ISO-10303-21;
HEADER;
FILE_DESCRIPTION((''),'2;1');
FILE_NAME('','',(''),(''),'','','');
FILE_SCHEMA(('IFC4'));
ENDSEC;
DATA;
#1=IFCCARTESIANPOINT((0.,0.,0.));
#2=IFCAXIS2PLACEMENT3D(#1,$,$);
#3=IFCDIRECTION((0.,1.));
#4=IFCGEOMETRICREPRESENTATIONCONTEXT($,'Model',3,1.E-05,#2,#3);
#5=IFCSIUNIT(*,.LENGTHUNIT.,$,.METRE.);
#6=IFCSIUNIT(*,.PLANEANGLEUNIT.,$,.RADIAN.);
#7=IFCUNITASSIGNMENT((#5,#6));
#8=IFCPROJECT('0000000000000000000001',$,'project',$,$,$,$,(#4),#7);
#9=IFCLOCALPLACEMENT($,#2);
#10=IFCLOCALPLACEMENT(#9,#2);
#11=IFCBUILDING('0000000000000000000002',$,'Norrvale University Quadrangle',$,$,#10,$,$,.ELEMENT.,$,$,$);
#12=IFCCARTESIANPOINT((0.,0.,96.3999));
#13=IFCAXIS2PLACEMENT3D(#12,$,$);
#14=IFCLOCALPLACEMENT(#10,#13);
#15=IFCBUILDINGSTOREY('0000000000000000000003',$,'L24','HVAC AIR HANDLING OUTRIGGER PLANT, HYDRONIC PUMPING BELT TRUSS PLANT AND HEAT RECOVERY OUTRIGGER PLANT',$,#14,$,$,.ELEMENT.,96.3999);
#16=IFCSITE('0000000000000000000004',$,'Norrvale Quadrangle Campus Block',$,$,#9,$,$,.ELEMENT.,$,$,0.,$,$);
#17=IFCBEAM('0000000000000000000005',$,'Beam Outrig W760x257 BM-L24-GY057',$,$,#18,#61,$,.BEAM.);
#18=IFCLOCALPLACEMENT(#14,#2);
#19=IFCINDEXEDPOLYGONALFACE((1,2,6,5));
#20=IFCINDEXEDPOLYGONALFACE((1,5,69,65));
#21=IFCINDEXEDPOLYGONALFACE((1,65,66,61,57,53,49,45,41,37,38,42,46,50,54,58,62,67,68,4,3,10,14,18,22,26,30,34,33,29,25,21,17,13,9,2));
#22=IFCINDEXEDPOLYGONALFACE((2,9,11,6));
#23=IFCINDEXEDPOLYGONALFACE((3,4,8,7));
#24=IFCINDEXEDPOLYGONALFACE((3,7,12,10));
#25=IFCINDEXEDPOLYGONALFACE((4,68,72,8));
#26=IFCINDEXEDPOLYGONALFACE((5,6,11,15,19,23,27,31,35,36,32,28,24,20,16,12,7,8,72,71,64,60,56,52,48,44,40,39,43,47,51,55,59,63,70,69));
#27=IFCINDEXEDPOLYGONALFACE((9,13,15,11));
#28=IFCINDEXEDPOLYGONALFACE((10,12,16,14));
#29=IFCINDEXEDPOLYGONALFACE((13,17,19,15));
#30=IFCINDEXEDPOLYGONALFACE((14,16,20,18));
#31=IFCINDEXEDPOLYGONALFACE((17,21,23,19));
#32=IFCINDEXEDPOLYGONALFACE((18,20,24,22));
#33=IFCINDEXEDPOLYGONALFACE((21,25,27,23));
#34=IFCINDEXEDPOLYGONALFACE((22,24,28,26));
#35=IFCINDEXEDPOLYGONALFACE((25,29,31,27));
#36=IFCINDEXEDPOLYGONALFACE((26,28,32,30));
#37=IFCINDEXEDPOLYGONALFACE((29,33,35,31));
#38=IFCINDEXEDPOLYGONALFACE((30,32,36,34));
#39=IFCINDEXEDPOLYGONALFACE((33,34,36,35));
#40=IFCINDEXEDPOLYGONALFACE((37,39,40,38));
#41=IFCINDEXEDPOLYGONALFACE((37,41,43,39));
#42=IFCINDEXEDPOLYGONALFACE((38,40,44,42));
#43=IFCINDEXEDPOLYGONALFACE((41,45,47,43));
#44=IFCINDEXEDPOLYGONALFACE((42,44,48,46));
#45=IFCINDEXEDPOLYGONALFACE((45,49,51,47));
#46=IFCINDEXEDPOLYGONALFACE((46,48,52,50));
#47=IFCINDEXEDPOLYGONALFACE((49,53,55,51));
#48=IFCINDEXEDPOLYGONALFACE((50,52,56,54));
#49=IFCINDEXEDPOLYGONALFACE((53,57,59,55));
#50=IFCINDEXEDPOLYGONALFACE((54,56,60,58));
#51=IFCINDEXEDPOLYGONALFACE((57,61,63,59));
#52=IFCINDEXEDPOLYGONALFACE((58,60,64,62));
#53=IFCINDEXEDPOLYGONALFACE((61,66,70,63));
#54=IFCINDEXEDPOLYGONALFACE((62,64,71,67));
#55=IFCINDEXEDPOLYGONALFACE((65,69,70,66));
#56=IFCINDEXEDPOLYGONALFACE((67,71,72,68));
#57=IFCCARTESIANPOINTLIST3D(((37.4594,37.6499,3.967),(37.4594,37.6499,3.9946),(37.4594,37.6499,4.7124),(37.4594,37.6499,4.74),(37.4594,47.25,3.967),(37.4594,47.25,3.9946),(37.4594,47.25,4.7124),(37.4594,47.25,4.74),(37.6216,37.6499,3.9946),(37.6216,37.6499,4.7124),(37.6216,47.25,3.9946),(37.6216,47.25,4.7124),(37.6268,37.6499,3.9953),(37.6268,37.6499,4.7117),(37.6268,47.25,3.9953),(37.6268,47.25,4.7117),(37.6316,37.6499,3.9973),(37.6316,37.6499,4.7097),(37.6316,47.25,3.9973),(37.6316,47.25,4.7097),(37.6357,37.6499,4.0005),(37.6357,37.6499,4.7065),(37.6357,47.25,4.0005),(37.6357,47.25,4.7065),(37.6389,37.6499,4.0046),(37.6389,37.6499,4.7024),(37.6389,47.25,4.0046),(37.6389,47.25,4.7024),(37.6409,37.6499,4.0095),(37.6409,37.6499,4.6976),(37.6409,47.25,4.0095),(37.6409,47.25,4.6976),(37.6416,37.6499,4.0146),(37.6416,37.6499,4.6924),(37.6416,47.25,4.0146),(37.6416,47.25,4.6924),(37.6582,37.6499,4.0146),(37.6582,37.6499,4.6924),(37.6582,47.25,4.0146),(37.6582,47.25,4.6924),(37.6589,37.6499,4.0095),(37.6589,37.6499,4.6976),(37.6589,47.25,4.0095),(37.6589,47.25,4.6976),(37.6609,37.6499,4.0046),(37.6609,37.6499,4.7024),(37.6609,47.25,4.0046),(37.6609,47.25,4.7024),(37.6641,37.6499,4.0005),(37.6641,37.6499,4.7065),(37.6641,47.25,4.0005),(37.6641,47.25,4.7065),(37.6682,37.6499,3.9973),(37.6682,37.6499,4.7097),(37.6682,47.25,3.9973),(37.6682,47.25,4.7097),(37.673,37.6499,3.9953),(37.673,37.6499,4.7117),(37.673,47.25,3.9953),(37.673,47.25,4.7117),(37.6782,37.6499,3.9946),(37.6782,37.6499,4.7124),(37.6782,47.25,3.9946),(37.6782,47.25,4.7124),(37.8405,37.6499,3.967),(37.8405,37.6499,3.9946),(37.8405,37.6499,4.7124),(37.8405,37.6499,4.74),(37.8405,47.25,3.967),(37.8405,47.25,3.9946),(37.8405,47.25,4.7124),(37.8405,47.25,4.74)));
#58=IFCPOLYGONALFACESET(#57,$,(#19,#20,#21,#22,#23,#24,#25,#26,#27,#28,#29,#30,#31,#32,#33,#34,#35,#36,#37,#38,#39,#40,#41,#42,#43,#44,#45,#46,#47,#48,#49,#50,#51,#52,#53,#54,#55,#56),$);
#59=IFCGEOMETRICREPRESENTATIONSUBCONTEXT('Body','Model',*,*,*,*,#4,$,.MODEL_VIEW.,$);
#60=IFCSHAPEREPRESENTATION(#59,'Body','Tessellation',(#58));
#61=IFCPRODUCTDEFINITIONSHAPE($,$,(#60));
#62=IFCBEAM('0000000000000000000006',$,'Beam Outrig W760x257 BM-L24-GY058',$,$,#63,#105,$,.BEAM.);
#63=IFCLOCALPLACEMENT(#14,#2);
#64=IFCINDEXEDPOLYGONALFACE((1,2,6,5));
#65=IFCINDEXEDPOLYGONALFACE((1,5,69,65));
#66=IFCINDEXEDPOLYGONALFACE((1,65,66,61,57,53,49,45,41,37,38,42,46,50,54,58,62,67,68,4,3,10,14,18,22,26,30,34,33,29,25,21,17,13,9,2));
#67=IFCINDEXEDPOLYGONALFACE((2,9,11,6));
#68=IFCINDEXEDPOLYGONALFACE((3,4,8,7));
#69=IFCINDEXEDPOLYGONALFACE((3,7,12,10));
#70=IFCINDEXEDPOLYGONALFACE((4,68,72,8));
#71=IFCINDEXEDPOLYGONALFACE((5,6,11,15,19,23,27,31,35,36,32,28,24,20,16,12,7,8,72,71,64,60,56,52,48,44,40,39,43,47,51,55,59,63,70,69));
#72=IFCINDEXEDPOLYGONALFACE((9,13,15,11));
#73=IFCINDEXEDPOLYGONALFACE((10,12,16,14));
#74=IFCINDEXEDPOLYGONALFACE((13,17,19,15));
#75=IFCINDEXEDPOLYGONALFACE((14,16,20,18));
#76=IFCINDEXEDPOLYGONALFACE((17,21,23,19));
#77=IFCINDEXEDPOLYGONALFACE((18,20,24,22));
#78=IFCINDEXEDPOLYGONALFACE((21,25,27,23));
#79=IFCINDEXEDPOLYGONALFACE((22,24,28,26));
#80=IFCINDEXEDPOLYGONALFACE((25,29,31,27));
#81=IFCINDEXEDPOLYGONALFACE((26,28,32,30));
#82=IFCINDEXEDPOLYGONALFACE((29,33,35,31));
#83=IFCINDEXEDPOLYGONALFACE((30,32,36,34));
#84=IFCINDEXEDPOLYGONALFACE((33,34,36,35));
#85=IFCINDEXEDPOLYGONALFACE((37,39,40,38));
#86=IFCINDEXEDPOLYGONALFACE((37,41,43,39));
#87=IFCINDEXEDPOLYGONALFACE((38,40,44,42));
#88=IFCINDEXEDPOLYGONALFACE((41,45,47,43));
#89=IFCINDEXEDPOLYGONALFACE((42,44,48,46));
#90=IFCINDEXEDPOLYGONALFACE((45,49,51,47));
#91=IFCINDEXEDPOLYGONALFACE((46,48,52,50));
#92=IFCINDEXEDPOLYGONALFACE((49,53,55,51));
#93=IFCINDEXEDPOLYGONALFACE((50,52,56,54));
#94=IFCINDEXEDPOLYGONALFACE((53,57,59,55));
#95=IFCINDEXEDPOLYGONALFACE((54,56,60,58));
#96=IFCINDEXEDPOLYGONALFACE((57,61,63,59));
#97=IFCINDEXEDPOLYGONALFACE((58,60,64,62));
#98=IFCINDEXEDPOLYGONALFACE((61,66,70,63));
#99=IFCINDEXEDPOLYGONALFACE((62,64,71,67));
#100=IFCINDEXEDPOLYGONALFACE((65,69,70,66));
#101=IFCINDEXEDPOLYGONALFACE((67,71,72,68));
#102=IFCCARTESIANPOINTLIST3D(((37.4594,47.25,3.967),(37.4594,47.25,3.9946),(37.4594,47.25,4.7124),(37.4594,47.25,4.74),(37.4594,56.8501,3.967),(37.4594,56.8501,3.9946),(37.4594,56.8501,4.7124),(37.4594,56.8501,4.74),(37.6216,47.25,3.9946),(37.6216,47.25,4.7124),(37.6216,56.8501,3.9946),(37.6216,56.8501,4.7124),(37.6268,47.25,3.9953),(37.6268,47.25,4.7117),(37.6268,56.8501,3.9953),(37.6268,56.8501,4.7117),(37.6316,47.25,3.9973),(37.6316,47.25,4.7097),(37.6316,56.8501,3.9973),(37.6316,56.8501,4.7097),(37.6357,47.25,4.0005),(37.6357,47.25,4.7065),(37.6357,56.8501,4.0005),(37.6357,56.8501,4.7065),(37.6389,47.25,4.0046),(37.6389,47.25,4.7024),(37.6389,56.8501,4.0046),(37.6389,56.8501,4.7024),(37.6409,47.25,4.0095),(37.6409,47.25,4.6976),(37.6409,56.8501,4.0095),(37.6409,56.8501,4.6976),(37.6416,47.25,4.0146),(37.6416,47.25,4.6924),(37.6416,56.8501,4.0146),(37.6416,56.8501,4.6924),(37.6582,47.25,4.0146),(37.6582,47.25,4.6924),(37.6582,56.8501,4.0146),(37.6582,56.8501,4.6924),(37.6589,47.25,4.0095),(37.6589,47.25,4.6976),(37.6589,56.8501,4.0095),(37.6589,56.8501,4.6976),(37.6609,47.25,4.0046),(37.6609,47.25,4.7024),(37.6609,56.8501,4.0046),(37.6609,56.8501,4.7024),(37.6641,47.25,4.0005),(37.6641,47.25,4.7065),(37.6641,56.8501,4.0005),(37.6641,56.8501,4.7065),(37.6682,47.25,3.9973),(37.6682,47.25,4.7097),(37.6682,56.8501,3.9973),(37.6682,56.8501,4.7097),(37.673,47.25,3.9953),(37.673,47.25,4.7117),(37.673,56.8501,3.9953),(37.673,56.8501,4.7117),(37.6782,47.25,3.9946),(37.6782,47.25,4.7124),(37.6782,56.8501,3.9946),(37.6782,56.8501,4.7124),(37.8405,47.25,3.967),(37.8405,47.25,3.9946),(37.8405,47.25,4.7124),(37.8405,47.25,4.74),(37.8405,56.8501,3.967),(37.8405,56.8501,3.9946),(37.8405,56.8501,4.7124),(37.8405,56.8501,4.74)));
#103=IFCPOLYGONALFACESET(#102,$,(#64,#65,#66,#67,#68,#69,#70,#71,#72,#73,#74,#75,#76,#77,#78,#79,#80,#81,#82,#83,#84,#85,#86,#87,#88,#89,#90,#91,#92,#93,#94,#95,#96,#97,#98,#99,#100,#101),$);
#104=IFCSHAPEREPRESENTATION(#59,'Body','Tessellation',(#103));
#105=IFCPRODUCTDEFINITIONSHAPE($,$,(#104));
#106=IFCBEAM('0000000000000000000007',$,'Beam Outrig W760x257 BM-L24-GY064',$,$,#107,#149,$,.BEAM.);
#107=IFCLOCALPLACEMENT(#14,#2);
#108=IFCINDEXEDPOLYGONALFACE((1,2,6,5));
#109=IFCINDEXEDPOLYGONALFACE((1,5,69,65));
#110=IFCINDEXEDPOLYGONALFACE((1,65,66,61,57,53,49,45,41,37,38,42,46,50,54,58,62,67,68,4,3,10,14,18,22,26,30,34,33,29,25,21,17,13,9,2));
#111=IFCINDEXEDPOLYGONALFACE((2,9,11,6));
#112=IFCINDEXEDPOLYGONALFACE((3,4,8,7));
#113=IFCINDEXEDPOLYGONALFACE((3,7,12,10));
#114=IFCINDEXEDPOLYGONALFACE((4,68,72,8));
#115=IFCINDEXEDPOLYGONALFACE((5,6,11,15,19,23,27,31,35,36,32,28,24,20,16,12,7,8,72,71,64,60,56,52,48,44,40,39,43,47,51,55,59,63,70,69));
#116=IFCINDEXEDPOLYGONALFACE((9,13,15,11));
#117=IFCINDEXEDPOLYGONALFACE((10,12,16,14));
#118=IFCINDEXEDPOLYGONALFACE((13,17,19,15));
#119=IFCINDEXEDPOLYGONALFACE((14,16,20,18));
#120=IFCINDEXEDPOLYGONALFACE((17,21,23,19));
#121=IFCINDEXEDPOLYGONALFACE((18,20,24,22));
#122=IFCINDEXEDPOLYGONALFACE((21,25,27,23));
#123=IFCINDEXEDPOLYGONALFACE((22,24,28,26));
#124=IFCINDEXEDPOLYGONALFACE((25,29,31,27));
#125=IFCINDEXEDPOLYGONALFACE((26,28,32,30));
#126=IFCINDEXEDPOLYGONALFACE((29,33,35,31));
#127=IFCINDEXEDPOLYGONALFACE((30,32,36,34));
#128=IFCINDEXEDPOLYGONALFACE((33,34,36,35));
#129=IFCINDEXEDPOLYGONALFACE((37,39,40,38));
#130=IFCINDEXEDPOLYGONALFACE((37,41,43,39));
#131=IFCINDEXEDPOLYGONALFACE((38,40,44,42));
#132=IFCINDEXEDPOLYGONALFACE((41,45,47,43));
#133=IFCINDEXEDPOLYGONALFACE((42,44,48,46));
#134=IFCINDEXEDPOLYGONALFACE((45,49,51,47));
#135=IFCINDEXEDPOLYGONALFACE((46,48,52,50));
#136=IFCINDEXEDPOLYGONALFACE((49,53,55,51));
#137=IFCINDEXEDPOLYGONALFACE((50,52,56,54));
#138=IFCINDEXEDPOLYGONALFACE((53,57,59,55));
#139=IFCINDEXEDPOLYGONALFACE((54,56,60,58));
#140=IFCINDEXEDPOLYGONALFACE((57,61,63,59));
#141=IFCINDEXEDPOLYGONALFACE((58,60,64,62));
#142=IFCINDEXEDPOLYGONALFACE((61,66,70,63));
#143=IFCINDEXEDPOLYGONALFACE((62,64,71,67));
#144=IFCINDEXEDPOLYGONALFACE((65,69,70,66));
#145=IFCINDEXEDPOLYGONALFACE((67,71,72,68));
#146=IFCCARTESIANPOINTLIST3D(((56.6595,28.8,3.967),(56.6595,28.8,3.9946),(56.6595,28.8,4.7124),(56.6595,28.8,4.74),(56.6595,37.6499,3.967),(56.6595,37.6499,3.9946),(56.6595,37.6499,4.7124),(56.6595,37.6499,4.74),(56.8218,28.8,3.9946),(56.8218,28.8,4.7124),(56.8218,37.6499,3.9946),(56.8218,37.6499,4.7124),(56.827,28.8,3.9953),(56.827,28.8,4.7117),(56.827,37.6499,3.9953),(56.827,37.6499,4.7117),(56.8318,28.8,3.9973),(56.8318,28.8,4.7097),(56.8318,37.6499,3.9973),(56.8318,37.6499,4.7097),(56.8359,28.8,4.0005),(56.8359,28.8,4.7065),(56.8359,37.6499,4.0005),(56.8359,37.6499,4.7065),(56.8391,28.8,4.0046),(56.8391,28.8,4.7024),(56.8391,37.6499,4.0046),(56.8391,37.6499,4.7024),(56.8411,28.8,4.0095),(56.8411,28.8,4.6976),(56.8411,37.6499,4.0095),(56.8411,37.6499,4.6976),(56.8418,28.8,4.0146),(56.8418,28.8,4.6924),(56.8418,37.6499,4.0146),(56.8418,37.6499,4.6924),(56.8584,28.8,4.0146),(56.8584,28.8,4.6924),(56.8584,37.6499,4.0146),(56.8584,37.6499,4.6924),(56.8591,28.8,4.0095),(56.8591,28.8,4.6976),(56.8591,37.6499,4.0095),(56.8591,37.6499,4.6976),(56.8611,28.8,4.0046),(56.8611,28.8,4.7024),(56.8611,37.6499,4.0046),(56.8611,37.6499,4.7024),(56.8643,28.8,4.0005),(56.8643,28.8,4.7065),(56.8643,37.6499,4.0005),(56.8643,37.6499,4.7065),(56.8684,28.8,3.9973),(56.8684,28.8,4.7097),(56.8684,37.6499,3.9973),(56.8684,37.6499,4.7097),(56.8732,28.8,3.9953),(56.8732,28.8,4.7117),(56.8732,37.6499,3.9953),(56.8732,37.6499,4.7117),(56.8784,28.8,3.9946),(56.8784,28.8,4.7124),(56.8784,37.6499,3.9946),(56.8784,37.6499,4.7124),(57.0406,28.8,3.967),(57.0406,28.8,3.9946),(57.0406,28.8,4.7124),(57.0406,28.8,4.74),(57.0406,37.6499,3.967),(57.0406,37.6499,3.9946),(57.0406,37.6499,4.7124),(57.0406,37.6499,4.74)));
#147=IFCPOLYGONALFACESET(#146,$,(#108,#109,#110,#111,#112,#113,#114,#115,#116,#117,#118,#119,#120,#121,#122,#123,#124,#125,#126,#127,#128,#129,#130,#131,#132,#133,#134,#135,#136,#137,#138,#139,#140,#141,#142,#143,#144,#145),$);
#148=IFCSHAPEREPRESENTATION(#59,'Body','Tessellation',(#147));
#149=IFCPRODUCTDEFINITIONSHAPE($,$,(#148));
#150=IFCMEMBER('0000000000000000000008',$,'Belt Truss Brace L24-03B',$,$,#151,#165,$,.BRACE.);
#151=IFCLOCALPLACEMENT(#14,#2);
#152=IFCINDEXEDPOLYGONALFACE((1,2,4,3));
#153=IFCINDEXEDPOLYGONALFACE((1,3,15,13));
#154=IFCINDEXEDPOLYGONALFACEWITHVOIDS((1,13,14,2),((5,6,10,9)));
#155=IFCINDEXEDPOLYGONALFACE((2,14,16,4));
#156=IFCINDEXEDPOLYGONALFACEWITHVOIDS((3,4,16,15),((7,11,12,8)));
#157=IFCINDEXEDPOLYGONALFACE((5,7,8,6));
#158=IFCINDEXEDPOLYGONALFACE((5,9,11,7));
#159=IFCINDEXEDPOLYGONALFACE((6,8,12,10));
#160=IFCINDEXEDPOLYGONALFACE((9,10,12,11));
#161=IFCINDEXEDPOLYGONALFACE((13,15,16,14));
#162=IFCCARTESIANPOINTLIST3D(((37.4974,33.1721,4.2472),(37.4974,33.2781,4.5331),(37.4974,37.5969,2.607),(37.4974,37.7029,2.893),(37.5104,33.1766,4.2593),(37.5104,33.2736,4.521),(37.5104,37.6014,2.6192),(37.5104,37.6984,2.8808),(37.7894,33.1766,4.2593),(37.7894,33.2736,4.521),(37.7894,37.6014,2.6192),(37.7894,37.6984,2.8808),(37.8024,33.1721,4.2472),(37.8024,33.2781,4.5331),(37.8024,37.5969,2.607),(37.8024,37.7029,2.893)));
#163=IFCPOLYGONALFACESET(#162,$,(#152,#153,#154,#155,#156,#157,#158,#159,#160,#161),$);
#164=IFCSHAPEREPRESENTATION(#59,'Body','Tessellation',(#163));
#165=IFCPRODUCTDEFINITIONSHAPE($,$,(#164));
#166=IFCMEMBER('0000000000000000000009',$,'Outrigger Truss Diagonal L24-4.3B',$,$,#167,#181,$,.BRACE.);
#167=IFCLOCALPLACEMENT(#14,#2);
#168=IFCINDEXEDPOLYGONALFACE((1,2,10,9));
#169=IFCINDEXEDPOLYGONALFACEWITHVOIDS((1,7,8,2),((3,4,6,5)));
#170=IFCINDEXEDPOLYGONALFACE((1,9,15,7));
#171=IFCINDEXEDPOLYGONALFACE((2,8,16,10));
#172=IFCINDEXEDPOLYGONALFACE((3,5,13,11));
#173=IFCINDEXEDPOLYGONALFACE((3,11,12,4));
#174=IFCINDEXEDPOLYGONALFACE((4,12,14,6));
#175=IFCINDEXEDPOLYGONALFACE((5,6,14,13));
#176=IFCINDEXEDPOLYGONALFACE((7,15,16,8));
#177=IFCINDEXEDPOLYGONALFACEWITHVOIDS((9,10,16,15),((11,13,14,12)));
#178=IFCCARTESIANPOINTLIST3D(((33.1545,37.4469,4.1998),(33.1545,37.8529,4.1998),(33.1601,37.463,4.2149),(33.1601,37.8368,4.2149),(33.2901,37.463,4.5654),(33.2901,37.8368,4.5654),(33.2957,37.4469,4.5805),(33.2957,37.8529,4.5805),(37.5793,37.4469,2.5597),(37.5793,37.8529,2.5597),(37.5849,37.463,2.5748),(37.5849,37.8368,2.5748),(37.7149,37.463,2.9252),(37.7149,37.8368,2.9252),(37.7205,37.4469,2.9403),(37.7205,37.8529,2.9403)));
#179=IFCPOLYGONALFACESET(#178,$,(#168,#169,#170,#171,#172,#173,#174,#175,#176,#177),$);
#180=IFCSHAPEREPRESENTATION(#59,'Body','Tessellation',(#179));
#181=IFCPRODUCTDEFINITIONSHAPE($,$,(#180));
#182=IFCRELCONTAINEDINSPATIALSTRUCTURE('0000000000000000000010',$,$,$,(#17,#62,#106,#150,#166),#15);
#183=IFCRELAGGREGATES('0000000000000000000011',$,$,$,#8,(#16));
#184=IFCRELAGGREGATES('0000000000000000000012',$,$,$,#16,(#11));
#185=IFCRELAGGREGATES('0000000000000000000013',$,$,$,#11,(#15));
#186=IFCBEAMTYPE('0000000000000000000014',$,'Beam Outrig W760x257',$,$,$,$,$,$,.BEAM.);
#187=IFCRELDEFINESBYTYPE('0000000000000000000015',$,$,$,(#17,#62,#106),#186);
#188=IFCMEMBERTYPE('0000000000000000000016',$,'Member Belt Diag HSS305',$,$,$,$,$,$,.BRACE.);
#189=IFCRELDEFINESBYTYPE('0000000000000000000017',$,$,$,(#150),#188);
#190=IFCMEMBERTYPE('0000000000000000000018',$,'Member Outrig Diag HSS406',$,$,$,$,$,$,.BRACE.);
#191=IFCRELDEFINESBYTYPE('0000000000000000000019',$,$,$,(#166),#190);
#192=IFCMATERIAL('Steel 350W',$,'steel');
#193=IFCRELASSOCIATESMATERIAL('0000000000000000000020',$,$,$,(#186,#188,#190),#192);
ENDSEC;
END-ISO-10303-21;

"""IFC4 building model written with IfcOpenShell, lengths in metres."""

from ifc_helpers import new_model, si_unit, direction, frame, origin, origin_2d, place, context, subcontext, project, spatial, hollow_rectangle, i_section, extrude, material, material_profile, profile_set, type_object, element, save


model = new_model("IFC4")

# Units and contexts
model_context = context("Model", 3, precision=1e-05, world=origin(), true_north=direction((0.0, 1.0)))
body_context = subcontext(model_context, "Body", "Model", "MODEL_VIEW")
ifc_project = project(units=[si_unit("LENGTHUNIT", "METRE"), si_unit("PLANEANGLEUNIT", "RADIAN")], contexts=[model_context])

# Site, building, storey
site_placement = place(None, origin())
site = spatial("IfcSite", under=ifc_project, at=site_placement, Name="Norrvale Quadrangle Campus Block", CompositionType="ELEMENT", RefElevation=0.0)
building_placement = place(site_placement, origin())
building = spatial("IfcBuilding", under=site, at=building_placement, Name="Norrvale University Quadrangle", CompositionType="ELEMENT")
storey_placement = place(building_placement, frame((0.0, 0.0, 96.3999)))
storey = spatial("IfcBuildingStorey", under=building, at=storey_placement, Name="L24", Description="HVAC AIR HANDLING OUTRIGGER PLANT, HYDRONIC PUMPING BELT TRUSS PLANT AND HEAT RECOVERY OUTRIGGER PLANT", CompositionType="ELEMENT", Elevation=96.3999)

# Beams
ifc_material_1 = material(Name="Steel 350W", Category="steel")
ifc_material_profile_1 = material_profile(ifc_material_1, i_section(OverallWidth=0.3811, OverallDepth=0.7729, WebThickness=0.0166, FlangeThickness=0.0276, FilletRadius=0.02, at=origin_2d()), Name="Steel 350W")
ifc_profile_set_1 = profile_set([ifc_material_profile_1], Name="Steel 350W")
beam_type_1 = type_object("IfcBeamType", Name="Beam Outrig W760x257", PredefinedType="BEAM", material=ifc_profile_set_1)
for number, where, z_axis, x_axis, name in (
    (1, (37.6499, 37.6499, 4.3535), (0.0, 1.0, 0.0), (-1.0, 0.0, 0.0), "Beam Outrig W760x257 BM-L24-GY057"),
    (2, (37.6499, 47.25, 4.3535), (0.0, 1.0, 0.0), (-1.0, 0.0, 0.0), "Beam Outrig W760x257 BM-L24-GY058"),
):
    element("IfcBeam", number, at=place(storey_placement, frame(where, z_axis=z_axis, x_axis=x_axis)), inside=storey, type_object=beam_type_1, Name=name, PredefinedType="BEAM", context=body_context, shape_type="SweptSolid", body=[
        extrude(i_section(OverallWidth=0.3811, OverallDepth=0.7729, WebThickness=0.0166, FlangeThickness=0.0276, FilletRadius=0.02, at=origin_2d()), origin(), (0.0, 0.0, 1.0), 9.6001),
    ])
beam_1_placement = place(storey_placement, frame((56.8501, 28.8, 4.3535), z_axis=(0.0, 1.0, 0.0), x_axis=(-1.0, 0.0, 0.0)))
element("IfcBeam", 3, at=beam_1_placement, inside=storey, type_object=beam_type_1, Name="Beam Outrig W760x257 BM-L24-GY064", PredefinedType="BEAM", context=body_context, shape_type="SweptSolid", body=[
    extrude(i_section(OverallWidth=0.3811, OverallDepth=0.7729, WebThickness=0.0166, FlangeThickness=0.0276, FilletRadius=0.02, at=origin_2d()), origin(), (0.0, 0.0, 1.0), 8.8499),
])

# Members
ifc_material_profile_2 = material_profile(ifc_material_1, hollow_rectangle(XDim=0.3049, YDim=0.3049, WallThickness=0.0129, at=origin_2d()), Name="Steel 350W")
ifc_profile_set_2 = profile_set([ifc_material_profile_2], Name="Steel 350W")
member_type_1 = type_object("IfcMemberType", Name="Member Belt Diag HSS305", PredefinedType="BRACE", material=ifc_profile_set_2)
member_1_placement = place(storey_placement, frame((37.6499, 37.6499, 2.75), z_axis=(0.0, -0.937658, 0.34756), x_axis=(1.0, 0.0, 0.0)))
element("IfcMember", 4, at=member_1_placement, inside=storey, type_object=member_type_1, Name="Belt Truss Brace L24-03B", PredefinedType="BRACE", context=body_context, shape_type="SweptSolid", body=[
    extrude(hollow_rectangle(XDim=0.3049, YDim=0.3049, WallThickness=0.0129, at=origin_2d()), origin(), (0.0, 0.0, 1.0), 4.719),
])
ifc_material_profile_3 = material_profile(ifc_material_1, hollow_rectangle(XDim=0.406, YDim=0.406, WallThickness=0.0161, at=origin_2d()), Name="Steel 350W")
ifc_profile_set_3 = profile_set([ifc_material_profile_3], Name="Steel 350W")
member_type_2 = type_object("IfcMemberType", Name="Member Outrig Diag HSS406", PredefinedType="BRACE", material=ifc_profile_set_3)
member_2_placement = place(storey_placement, frame((37.6499, 37.6499, 2.75), z_axis=(-0.937658, 0.0, 0.34756), x_axis=(0.0, -1.0, 0.0)))
element("IfcMember", 5, at=member_2_placement, inside=storey, type_object=member_type_2, Name="Outrigger Truss Diagonal L24-4.3B", PredefinedType="BRACE", context=body_context, shape_type="SweptSolid", body=[
    extrude(hollow_rectangle(XDim=0.406, YDim=0.406, WallThickness=0.0161, at=origin_2d()), origin(), (0.0, 0.0, 1.0), 4.719),
])

save(model, "model.ifc")
